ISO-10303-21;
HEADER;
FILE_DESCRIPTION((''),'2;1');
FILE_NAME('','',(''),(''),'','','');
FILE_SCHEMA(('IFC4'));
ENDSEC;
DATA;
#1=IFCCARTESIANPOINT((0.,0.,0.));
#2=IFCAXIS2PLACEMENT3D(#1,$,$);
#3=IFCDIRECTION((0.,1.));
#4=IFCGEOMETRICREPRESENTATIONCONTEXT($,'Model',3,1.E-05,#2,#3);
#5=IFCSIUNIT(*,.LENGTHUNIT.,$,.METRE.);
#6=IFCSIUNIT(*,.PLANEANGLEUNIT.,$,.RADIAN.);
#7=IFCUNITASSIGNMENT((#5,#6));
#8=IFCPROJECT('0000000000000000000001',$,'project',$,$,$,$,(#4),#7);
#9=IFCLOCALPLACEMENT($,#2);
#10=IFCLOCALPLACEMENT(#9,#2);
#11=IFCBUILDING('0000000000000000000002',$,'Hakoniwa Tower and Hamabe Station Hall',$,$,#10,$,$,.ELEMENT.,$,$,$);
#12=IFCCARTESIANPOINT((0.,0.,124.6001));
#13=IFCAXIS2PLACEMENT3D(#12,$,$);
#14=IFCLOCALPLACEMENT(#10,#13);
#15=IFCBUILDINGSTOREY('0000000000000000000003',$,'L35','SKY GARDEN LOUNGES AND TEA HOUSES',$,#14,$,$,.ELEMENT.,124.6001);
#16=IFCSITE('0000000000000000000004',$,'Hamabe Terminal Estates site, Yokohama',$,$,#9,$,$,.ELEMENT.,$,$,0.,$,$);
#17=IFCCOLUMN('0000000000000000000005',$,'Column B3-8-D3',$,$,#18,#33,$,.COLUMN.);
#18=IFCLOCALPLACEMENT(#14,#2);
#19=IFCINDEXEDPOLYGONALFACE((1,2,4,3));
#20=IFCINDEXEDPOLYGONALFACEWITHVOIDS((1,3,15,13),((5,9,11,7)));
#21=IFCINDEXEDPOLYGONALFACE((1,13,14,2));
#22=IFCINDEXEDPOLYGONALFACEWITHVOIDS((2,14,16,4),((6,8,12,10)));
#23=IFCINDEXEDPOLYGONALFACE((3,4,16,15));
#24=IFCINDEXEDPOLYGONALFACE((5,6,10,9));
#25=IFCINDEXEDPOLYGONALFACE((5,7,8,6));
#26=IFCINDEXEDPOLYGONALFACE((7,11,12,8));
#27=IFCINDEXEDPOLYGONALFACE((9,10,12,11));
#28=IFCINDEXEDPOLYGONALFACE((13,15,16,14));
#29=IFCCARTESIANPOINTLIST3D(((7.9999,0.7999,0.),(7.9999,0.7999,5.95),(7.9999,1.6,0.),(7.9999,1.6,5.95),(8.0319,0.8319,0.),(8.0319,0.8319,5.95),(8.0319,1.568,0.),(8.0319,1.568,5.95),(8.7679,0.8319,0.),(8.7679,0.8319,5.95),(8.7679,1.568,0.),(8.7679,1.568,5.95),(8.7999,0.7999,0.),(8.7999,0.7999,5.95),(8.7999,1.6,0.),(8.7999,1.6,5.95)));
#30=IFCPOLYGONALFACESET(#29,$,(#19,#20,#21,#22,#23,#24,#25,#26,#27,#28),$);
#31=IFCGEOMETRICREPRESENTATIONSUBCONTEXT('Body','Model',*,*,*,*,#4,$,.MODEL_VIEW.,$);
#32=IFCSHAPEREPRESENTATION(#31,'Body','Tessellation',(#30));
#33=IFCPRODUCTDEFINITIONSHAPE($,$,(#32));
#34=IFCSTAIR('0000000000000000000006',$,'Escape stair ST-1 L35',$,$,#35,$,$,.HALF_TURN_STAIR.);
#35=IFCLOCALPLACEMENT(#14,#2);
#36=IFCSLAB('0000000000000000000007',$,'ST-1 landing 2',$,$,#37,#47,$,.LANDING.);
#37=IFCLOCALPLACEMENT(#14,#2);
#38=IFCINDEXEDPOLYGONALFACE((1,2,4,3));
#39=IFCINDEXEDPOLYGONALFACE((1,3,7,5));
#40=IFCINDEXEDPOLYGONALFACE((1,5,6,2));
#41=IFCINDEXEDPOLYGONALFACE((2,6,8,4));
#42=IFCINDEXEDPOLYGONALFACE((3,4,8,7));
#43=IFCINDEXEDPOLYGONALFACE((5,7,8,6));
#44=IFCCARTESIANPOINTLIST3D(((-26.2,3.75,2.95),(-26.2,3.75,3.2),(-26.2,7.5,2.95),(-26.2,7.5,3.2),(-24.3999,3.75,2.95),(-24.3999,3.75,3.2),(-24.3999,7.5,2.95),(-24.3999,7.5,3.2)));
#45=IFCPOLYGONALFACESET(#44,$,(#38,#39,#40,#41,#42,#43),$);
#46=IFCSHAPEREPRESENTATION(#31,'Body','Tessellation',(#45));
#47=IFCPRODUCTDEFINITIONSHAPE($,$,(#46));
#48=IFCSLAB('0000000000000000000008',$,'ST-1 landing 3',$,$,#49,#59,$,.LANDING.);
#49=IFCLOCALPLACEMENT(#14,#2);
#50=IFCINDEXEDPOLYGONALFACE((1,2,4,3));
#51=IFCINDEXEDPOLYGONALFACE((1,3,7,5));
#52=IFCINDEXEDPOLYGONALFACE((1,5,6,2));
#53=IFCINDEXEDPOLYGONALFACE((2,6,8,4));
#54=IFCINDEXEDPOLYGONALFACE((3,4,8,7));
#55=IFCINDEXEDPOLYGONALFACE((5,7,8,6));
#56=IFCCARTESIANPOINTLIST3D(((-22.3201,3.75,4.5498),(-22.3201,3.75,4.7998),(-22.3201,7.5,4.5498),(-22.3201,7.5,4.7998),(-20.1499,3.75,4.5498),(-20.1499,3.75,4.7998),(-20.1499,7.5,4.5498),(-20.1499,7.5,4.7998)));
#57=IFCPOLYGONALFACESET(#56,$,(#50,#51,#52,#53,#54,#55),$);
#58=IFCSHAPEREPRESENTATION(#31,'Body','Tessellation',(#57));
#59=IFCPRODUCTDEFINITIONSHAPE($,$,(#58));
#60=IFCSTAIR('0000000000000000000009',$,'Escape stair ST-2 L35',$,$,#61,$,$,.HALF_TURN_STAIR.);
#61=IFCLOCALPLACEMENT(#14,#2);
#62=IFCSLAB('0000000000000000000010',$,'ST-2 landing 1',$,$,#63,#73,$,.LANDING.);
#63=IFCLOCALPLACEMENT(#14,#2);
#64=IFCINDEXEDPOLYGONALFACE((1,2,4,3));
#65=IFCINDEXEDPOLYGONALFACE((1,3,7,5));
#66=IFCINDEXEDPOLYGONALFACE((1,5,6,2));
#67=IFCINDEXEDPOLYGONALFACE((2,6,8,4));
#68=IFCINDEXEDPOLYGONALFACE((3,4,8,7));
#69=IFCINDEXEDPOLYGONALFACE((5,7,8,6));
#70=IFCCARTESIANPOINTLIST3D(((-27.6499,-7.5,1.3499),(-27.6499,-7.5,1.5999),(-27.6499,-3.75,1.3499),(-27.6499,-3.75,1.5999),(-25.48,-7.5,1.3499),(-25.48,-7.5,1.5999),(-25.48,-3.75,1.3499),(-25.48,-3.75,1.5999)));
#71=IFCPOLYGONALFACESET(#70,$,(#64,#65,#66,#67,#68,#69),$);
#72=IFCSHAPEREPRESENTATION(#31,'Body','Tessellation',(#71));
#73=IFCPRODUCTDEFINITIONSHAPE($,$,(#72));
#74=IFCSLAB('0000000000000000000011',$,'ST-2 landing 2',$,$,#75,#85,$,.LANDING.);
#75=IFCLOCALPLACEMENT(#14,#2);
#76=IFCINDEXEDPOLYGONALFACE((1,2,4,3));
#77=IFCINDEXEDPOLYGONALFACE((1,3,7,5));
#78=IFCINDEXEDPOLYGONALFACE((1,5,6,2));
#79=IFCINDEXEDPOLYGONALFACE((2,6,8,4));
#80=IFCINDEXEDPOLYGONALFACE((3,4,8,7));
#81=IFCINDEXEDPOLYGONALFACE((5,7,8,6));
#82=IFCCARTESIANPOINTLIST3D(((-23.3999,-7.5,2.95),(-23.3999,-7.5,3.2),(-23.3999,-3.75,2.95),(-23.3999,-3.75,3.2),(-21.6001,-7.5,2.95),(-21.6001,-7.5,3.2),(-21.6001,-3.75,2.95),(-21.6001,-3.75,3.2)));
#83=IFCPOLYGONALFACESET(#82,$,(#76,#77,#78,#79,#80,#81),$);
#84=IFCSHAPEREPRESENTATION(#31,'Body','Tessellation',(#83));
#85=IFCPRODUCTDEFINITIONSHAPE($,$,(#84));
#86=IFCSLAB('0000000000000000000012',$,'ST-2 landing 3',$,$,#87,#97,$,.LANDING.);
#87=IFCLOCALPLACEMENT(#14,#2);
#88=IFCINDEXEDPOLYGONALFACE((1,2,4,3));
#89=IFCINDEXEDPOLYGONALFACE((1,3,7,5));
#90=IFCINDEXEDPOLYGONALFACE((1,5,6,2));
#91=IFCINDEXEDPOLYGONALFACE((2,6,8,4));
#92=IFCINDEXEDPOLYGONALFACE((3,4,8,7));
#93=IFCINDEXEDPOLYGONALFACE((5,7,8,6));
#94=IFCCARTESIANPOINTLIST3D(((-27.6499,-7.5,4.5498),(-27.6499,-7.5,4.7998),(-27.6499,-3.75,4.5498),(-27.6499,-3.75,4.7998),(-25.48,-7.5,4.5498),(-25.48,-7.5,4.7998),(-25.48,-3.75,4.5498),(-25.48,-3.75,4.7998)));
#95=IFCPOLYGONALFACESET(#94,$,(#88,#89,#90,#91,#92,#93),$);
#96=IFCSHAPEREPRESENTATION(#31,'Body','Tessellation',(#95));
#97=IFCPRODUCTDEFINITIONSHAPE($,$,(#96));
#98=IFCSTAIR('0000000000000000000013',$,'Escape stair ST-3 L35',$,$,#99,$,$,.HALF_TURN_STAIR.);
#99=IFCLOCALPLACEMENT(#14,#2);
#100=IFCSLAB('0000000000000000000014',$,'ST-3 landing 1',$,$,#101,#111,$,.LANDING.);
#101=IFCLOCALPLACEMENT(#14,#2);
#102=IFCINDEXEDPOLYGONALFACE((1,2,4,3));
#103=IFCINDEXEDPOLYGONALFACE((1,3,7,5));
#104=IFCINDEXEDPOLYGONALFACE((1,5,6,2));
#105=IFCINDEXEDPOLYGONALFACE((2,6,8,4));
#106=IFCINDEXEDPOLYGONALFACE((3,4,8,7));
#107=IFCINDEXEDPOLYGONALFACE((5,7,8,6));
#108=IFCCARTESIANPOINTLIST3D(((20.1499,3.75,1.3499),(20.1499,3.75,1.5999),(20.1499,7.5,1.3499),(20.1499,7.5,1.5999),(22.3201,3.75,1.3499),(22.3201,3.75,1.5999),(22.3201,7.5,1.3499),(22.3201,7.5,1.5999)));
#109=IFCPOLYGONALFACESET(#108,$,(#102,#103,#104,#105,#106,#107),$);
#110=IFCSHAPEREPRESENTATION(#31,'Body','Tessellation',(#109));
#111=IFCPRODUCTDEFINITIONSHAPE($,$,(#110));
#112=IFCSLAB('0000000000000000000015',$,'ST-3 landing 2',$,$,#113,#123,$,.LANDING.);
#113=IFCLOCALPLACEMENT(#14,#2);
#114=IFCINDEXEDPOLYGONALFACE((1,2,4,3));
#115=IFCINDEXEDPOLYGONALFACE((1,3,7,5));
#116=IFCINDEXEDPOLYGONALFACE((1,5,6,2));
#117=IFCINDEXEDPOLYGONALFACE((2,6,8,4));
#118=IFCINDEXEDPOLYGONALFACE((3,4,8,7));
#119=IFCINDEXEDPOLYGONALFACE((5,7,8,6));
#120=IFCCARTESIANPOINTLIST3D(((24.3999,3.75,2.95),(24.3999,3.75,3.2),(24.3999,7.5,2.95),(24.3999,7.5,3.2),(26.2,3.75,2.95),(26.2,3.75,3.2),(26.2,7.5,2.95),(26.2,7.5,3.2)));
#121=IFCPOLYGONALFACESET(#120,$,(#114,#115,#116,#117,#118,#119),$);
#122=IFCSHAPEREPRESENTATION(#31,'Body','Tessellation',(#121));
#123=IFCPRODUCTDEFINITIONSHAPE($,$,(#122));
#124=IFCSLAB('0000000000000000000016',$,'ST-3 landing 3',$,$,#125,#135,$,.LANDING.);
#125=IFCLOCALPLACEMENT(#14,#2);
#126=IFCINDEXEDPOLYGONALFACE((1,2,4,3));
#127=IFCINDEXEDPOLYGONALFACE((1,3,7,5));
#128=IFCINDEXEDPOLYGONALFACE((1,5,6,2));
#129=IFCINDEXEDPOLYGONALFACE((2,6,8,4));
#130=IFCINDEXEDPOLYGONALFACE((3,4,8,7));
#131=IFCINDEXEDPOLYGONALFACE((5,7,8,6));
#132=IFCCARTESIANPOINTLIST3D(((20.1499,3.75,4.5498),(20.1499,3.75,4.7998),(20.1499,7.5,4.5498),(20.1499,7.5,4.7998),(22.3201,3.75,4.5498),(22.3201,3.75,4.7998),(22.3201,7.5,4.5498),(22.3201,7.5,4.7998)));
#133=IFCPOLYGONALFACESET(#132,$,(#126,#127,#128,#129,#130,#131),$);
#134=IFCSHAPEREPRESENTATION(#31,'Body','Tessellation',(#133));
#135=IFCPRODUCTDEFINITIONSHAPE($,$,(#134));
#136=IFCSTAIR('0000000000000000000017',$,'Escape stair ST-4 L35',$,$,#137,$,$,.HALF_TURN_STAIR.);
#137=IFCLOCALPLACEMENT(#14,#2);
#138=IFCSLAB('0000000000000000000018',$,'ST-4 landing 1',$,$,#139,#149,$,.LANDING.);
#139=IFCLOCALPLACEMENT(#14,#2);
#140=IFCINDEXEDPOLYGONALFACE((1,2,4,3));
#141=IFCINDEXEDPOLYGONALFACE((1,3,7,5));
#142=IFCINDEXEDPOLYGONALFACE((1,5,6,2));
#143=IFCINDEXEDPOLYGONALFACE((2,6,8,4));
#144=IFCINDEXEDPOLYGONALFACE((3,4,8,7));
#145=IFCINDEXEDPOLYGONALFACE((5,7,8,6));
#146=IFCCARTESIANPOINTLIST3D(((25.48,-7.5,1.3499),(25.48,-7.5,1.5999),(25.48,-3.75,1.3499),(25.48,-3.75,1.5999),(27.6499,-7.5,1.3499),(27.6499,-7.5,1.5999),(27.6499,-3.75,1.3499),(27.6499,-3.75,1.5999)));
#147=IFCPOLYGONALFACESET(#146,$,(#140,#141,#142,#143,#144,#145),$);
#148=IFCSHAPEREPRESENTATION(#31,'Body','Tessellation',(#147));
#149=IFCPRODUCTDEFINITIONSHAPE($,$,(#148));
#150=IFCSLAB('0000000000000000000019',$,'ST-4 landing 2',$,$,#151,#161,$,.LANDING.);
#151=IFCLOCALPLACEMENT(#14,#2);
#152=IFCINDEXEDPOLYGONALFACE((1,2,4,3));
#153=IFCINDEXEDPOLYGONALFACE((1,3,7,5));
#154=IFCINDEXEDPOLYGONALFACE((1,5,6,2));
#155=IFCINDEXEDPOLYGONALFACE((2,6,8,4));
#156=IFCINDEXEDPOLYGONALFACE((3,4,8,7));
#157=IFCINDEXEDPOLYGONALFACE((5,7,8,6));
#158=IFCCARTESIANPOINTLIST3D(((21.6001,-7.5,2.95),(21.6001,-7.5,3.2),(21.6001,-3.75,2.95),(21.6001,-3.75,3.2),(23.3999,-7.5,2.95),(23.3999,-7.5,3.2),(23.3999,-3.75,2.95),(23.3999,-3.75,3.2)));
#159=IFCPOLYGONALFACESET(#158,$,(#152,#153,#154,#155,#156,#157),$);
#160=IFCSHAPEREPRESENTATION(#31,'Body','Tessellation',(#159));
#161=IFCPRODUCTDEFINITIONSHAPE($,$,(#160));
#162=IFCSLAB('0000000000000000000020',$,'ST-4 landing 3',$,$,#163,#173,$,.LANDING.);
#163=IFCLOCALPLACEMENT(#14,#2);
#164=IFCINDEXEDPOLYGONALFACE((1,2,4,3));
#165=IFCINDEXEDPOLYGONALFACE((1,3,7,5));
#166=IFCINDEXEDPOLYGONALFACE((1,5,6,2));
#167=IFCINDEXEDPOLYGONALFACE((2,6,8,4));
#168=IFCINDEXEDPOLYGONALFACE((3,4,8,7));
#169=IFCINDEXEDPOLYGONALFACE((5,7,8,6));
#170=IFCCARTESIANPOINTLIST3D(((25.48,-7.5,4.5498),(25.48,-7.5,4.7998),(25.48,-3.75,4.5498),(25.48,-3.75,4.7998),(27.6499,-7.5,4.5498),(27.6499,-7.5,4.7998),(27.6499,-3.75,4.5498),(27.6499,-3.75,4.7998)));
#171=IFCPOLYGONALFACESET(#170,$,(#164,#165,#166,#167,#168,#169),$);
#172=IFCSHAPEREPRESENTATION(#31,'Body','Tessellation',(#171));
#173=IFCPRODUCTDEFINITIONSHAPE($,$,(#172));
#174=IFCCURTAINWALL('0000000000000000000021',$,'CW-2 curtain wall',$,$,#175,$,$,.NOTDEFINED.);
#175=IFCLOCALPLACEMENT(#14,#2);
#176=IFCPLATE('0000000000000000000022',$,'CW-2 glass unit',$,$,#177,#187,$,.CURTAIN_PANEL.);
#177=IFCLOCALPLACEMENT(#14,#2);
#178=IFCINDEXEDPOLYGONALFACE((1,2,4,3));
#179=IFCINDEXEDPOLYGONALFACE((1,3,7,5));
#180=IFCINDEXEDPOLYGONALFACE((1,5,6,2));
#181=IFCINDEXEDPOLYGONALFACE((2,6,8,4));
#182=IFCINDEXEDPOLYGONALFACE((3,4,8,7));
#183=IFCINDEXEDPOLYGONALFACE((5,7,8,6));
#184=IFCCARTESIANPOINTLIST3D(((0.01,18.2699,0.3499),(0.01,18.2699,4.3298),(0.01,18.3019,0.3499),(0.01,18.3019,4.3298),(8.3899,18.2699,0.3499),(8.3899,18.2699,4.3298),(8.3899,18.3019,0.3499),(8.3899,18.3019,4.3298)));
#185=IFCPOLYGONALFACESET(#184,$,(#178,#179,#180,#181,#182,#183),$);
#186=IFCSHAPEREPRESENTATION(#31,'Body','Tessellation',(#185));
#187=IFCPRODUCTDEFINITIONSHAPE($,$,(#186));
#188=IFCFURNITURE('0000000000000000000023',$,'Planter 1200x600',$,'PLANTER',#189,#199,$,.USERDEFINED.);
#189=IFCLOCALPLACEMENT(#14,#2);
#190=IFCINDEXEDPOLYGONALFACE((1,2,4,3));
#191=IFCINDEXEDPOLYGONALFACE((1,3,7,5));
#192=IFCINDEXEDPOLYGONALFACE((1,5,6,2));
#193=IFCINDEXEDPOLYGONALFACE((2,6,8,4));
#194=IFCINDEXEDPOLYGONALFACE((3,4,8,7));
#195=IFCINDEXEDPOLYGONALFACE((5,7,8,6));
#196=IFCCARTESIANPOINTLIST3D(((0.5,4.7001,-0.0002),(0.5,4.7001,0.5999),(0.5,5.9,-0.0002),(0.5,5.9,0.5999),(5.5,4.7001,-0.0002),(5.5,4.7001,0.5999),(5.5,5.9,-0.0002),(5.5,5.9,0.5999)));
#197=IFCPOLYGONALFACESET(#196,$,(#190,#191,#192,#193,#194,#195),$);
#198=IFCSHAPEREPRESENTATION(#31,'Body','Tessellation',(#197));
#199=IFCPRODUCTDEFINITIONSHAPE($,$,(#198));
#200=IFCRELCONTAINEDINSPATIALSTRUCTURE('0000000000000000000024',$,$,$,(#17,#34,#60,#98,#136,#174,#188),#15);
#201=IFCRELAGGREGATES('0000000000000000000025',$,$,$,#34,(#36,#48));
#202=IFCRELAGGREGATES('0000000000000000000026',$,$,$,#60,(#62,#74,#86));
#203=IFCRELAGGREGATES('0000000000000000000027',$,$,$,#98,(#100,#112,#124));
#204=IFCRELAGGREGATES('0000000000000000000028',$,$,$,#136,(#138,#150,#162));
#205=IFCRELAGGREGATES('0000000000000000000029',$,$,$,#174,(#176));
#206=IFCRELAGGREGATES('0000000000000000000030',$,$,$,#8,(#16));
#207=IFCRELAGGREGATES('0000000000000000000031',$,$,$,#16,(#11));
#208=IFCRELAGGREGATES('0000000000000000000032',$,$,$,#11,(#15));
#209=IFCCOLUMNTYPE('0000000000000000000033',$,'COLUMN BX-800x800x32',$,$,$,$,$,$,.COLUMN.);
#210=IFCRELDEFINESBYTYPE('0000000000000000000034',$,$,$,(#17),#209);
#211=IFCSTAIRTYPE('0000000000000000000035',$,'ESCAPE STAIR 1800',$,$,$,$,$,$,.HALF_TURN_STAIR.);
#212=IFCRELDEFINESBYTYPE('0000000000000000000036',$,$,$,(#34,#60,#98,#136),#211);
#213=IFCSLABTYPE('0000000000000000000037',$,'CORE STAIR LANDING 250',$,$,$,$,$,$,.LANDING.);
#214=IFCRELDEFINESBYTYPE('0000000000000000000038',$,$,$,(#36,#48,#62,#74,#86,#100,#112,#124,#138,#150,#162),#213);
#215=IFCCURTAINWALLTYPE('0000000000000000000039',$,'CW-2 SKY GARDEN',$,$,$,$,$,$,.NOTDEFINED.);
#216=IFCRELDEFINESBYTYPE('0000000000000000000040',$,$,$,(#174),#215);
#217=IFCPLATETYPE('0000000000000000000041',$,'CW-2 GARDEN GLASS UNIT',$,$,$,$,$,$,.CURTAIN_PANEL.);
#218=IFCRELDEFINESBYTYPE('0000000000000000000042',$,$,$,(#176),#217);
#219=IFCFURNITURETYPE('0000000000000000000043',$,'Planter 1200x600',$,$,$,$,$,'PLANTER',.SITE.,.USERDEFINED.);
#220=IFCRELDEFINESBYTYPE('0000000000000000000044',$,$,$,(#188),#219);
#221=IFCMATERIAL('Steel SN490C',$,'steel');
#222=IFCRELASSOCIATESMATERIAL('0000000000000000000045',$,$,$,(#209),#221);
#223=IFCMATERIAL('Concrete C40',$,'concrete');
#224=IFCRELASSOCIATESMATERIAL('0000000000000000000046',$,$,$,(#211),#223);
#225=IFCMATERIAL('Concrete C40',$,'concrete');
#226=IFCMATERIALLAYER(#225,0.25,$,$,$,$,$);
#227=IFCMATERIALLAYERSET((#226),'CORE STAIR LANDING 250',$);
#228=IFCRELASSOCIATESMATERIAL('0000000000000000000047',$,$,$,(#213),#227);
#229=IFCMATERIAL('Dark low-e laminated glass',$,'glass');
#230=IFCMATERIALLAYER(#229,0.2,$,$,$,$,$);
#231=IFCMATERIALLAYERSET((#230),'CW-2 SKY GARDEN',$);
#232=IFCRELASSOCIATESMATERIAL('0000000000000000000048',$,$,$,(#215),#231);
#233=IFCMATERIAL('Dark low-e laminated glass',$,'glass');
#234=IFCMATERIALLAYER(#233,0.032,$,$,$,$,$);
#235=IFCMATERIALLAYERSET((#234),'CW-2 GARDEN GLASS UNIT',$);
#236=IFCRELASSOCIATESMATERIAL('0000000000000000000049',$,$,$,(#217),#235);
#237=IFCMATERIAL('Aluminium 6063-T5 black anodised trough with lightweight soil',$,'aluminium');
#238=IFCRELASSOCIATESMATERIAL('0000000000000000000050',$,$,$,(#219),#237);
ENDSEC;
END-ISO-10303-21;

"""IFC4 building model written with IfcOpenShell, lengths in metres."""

from ifc_helpers import new_model, si_unit, direction, frame, origin, origin_2d, place, context, subcontext, project, spatial, polyline, rectangle, hollow_rectangle, outline, extrude, material, layer, layer_set, material_profile, profile_set, type_object, element, aggregate, save


model = new_model("IFC4")

# Units and contexts
model_context = context("Model", 3, precision=1e-05, world=origin(), true_north=direction((0.0, 1.0)))
body_context = subcontext(model_context, "Body", "Model", "MODEL_VIEW")
ifc_project = project(units=[si_unit("LENGTHUNIT", "METRE"), si_unit("PLANEANGLEUNIT", "RADIAN")], contexts=[model_context])

# Site, building, storey
site_placement = place(None, origin())
site = spatial("IfcSite", under=ifc_project, at=site_placement, Name="Hamabe Terminal Estates site, Yokohama", CompositionType="ELEMENT", RefElevation=0.0)
building_placement = place(site_placement, origin())
building = spatial("IfcBuilding", under=site, at=building_placement, Name="Hakoniwa Tower and Hamabe Station Hall", CompositionType="ELEMENT")
storey_placement = place(building_placement, frame((0.0, 0.0, 124.6001)))
storey = spatial("IfcBuildingStorey", under=building, at=storey_placement, Name="L35", Description="SKY GARDEN LOUNGES AND TEA HOUSES", CompositionType="ELEMENT", Elevation=124.6001)

# Column
ifc_material_1 = material(Name="Steel SN490C", Category="steel")
ifc_material_profile = material_profile(ifc_material_1, hollow_rectangle(XDim=0.8, YDim=0.8, WallThickness=0.032, at=origin_2d()), Name="BX-800x800x32")
ifc_profile_set = profile_set([ifc_material_profile], Name="Steel SN490C")
column_type = type_object("IfcColumnType", Name="COLUMN BX-800x800x32", PredefinedType="COLUMN", material=ifc_profile_set)
column_placement = place(storey_placement, frame((8.3999, 1.2, 0.0), z_axis=(0.0, 0.0, 1.0), x_axis=(1.0, 0.0, 0.0)))
element("IfcColumn", 1, at=column_placement, inside=storey, type_object=column_type, Name="Column B3-8-D3", PredefinedType="COLUMN", context=body_context, shape_type="SweptSolid", body=[
    extrude(hollow_rectangle(XDim=0.8, YDim=0.8, WallThickness=0.032, at=origin_2d()), origin(), (0.0, 0.0, 1.0), 5.95),
])

# Stairs, slabs
ifc_material_2 = material(Name="Concrete C40", Category="concrete")
stair_type = type_object("IfcStairType", Name="ESCAPE STAIR 1800", PredefinedType="HALF_TURN_STAIR", material=ifc_material_2)
stair_1_placement = place(storey_placement, origin())
stair_1 = element("IfcStair", 2, at=stair_1_placement, inside=storey, type_object=stair_type, Name="Escape stair ST-1 L35", PredefinedType="HALF_TURN_STAIR")
ifc_material_3 = material(Name="Concrete C40", Category="concrete")
ifc_layer_1 = layer(ifc_material_3, 0.25)
ifc_layer_set_1 = layer_set([ifc_layer_1], Name="CORE STAIR LANDING 250")
slab_type = type_object("IfcSlabType", Name="CORE STAIR LANDING 250", PredefinedType="LANDING", material=ifc_layer_set_1)
slab_1_placement = place(storey_placement, frame((0.0, 0.0, 2.95)))
slab_1 = element("IfcSlab", 3, at=slab_1_placement, type_object=slab_type, Name="ST-1 landing 2", PredefinedType="LANDING", context=body_context, shape_type="SweptSolid", body=[
    extrude(outline(polyline([(-26.2, 3.75), (-24.3999, 3.75), (-24.3999, 7.5), (-26.2, 7.5), (-26.2, 3.75)])), origin(), (0.0, 0.0, 1.0), 0.25),
])
slab_2_placement = place(storey_placement, frame((0.0, 0.0, 4.5498)))
slab_2 = element("IfcSlab", 4, at=slab_2_placement, type_object=slab_type, Name="ST-1 landing 3", PredefinedType="LANDING", context=body_context, shape_type="SweptSolid", body=[
    extrude(outline(polyline([(-22.3201, 3.75), (-20.1499, 3.75), (-20.1499, 7.5), (-22.3201, 7.5), (-22.3201, 3.75)])), origin(), (0.0, 0.0, 1.0), 0.25),
])
aggregate(stair_1, [slab_1, slab_2])
stair_2_placement = place(storey_placement, origin())
stair_2 = element("IfcStair", 5, at=stair_2_placement, inside=storey, type_object=stair_type, Name="Escape stair ST-2 L35", PredefinedType="HALF_TURN_STAIR")
slab_3_placement = place(storey_placement, frame((0.0, 0.0, 1.3499)))
slab_3 = element("IfcSlab", 6, at=slab_3_placement, type_object=slab_type, Name="ST-2 landing 1", PredefinedType="LANDING", context=body_context, shape_type="SweptSolid", body=[
    extrude(outline(polyline([(-25.48, -7.5), (-27.6499, -7.5), (-27.6499, -3.75), (-25.48, -3.75), (-25.48, -7.5)])), origin(), (0.0, 0.0, 1.0), 0.25),
])
slab_4_placement = place(storey_placement, frame((0.0, 0.0, 2.95)))
slab_4 = element("IfcSlab", 7, at=slab_4_placement, type_object=slab_type, Name="ST-2 landing 2", PredefinedType="LANDING", context=body_context, shape_type="SweptSolid", body=[
    extrude(outline(polyline([(-21.6001, -7.5), (-23.3999, -7.5), (-23.3999, -3.75), (-21.6001, -3.75), (-21.6001, -7.5)])), origin(), (0.0, 0.0, 1.0), 0.25),
])
slab_5_placement = place(storey_placement, frame((0.0, 0.0, 4.5498)))
slab_5 = element("IfcSlab", 8, at=slab_5_placement, type_object=slab_type, Name="ST-2 landing 3", PredefinedType="LANDING", context=body_context, shape_type="SweptSolid", body=[
    extrude(outline(polyline([(-25.48, -7.5), (-27.6499, -7.5), (-27.6499, -3.75), (-25.48, -3.75), (-25.48, -7.5)])), origin(), (0.0, 0.0, 1.0), 0.25),
])
aggregate(stair_2, [slab_3, slab_4, slab_5])
stair_3_placement = place(storey_placement, origin())
stair_3 = element("IfcStair", 9, at=stair_3_placement, inside=storey, type_object=stair_type, Name="Escape stair ST-3 L35", PredefinedType="HALF_TURN_STAIR")
slab_6_placement = place(storey_placement, frame((0.0, 0.0, 1.3499)))
slab_6 = element("IfcSlab", 10, at=slab_6_placement, type_object=slab_type, Name="ST-3 landing 1", PredefinedType="LANDING", context=body_context, shape_type="SweptSolid", body=[
    extrude(outline(polyline([(22.3201, 3.75), (20.1499, 3.75), (20.1499, 7.5), (22.3201, 7.5), (22.3201, 3.75)])), origin(), (0.0, 0.0, 1.0), 0.25),
])
slab_7_placement = place(storey_placement, frame((0.0, 0.0, 2.95)))
slab_7 = element("IfcSlab", 11, at=slab_7_placement, type_object=slab_type, Name="ST-3 landing 2", PredefinedType="LANDING", context=body_context, shape_type="SweptSolid", body=[
    extrude(outline(polyline([(26.2, 3.75), (24.3999, 3.75), (24.3999, 7.5), (26.2, 7.5), (26.2, 3.75)])), origin(), (0.0, 0.0, 1.0), 0.25),
])
slab_8_placement = place(storey_placement, frame((0.0, 0.0, 4.5498)))
slab_8 = element("IfcSlab", 12, at=slab_8_placement, type_object=slab_type, Name="ST-3 landing 3", PredefinedType="LANDING", context=body_context, shape_type="SweptSolid", body=[
    extrude(outline(polyline([(22.3201, 3.75), (20.1499, 3.75), (20.1499, 7.5), (22.3201, 7.5), (22.3201, 3.75)])), origin(), (0.0, 0.0, 1.0), 0.25),
])
aggregate(stair_3, [slab_6, slab_7, slab_8])
stair_4_placement = place(storey_placement, origin())
stair_4 = element("IfcStair", 13, at=stair_4_placement, inside=storey, type_object=stair_type, Name="Escape stair ST-4 L35", PredefinedType="HALF_TURN_STAIR")
slab_9_placement = place(storey_placement, frame((0.0, 0.0, 1.3499)))
slab_9 = element("IfcSlab", 14, at=slab_9_placement, type_object=slab_type, Name="ST-4 landing 1", PredefinedType="LANDING", context=body_context, shape_type="SweptSolid", body=[
    extrude(outline(polyline([(25.48, -7.5), (27.6499, -7.5), (27.6499, -3.75), (25.48, -3.75), (25.48, -7.5)])), origin(), (0.0, 0.0, 1.0), 0.25),
])
slab_10_placement = place(storey_placement, frame((0.0, 0.0, 2.95)))
slab_10 = element("IfcSlab", 15, at=slab_10_placement, type_object=slab_type, Name="ST-4 landing 2", PredefinedType="LANDING", context=body_context, shape_type="SweptSolid", body=[
    extrude(outline(polyline([(21.6001, -7.5), (23.3999, -7.5), (23.3999, -3.75), (21.6001, -3.75), (21.6001, -7.5)])), origin(), (0.0, 0.0, 1.0), 0.25),
])
slab_11_placement = place(storey_placement, frame((0.0, 0.0, 4.5498)))
slab_11 = element("IfcSlab", 16, at=slab_11_placement, type_object=slab_type, Name="ST-4 landing 3", PredefinedType="LANDING", context=body_context, shape_type="SweptSolid", body=[
    extrude(outline(polyline([(25.48, -7.5), (27.6499, -7.5), (27.6499, -3.75), (25.48, -3.75), (25.48, -7.5)])), origin(), (0.0, 0.0, 1.0), 0.25),
])
aggregate(stair_4, [slab_9, slab_10, slab_11])

# Curtain wall, plate
ifc_material_4 = material(Name="Dark low-e laminated glass", Category="glass")
ifc_layer_2 = layer(ifc_material_4, 0.2)
ifc_layer_set_2 = layer_set([ifc_layer_2], Name="CW-2 SKY GARDEN")
curtain_wall_type = type_object("IfcCurtainWallType", Name="CW-2 SKY GARDEN", PredefinedType="NOTDEFINED", material=ifc_layer_set_2)
curtain_wall_placement = place(storey_placement, origin())
curtain_wall = element("IfcCurtainWall", 17, at=curtain_wall_placement, inside=storey, type_object=curtain_wall_type, Name="CW-2 curtain wall", PredefinedType="NOTDEFINED")
ifc_material_5 = material(Name="Dark low-e laminated glass", Category="glass")
ifc_layer_3 = layer(ifc_material_5, 0.032)
ifc_layer_set_3 = layer_set([ifc_layer_3], Name="CW-2 GARDEN GLASS UNIT")
plate_type = type_object("IfcPlateType", Name="CW-2 GARDEN GLASS UNIT", PredefinedType="CURTAIN_PANEL", material=ifc_layer_set_3)
plate_placement = place(storey_placement, frame((4.2, 18.2859, 0.3499), z_axis=(0.0, 0.0, 1.0), x_axis=(-1.0, 0.0, 0.0)))
plate = element("IfcPlate", 18, at=plate_placement, type_object=plate_type, Name="CW-2 glass unit", PredefinedType="CURTAIN_PANEL", context=body_context, shape_type="SweptSolid", body=[
    extrude(rectangle(XDim=8.3799, YDim=0.032, at=origin_2d()), origin(), (0.0, 0.0, 1.0), 3.98),
])
aggregate(curtain_wall, [plate])

# Furniture
ifc_material_6 = material(Name="Aluminium 6063-T5 black anodised trough with lightweight soil", Category="aluminium")
furniture_type_1 = type_object("IfcFurnitureType", Name="Planter 1200x600", ElementType="PLANTER", AssemblyPlace="SITE", PredefinedType="USERDEFINED", material=ifc_material_6)
for number, where, z_axis, x_axis, name in (
    (19, (3.0, 5.3, -0.0002), (0.0, 0.0, 1.0), (1.0, 0.0, 0.0), "Planter 1200x600"),
):
    element("IfcFurniture", number, at=place(storey_placement, frame(where, z_axis=z_axis, x_axis=x_axis)), inside=storey, type_object=furniture_type_1, Name=name, ObjectType="PLANTER", PredefinedType="USERDEFINED", context=body_context, shape_type="SweptSolid", body=[
        extrude(rectangle(XDim=5.0, YDim=1.2, at=origin_2d()), origin(), (0.0, 0.0, 1.0), 0.6001),
    ])

save(model, "model.ifc")
